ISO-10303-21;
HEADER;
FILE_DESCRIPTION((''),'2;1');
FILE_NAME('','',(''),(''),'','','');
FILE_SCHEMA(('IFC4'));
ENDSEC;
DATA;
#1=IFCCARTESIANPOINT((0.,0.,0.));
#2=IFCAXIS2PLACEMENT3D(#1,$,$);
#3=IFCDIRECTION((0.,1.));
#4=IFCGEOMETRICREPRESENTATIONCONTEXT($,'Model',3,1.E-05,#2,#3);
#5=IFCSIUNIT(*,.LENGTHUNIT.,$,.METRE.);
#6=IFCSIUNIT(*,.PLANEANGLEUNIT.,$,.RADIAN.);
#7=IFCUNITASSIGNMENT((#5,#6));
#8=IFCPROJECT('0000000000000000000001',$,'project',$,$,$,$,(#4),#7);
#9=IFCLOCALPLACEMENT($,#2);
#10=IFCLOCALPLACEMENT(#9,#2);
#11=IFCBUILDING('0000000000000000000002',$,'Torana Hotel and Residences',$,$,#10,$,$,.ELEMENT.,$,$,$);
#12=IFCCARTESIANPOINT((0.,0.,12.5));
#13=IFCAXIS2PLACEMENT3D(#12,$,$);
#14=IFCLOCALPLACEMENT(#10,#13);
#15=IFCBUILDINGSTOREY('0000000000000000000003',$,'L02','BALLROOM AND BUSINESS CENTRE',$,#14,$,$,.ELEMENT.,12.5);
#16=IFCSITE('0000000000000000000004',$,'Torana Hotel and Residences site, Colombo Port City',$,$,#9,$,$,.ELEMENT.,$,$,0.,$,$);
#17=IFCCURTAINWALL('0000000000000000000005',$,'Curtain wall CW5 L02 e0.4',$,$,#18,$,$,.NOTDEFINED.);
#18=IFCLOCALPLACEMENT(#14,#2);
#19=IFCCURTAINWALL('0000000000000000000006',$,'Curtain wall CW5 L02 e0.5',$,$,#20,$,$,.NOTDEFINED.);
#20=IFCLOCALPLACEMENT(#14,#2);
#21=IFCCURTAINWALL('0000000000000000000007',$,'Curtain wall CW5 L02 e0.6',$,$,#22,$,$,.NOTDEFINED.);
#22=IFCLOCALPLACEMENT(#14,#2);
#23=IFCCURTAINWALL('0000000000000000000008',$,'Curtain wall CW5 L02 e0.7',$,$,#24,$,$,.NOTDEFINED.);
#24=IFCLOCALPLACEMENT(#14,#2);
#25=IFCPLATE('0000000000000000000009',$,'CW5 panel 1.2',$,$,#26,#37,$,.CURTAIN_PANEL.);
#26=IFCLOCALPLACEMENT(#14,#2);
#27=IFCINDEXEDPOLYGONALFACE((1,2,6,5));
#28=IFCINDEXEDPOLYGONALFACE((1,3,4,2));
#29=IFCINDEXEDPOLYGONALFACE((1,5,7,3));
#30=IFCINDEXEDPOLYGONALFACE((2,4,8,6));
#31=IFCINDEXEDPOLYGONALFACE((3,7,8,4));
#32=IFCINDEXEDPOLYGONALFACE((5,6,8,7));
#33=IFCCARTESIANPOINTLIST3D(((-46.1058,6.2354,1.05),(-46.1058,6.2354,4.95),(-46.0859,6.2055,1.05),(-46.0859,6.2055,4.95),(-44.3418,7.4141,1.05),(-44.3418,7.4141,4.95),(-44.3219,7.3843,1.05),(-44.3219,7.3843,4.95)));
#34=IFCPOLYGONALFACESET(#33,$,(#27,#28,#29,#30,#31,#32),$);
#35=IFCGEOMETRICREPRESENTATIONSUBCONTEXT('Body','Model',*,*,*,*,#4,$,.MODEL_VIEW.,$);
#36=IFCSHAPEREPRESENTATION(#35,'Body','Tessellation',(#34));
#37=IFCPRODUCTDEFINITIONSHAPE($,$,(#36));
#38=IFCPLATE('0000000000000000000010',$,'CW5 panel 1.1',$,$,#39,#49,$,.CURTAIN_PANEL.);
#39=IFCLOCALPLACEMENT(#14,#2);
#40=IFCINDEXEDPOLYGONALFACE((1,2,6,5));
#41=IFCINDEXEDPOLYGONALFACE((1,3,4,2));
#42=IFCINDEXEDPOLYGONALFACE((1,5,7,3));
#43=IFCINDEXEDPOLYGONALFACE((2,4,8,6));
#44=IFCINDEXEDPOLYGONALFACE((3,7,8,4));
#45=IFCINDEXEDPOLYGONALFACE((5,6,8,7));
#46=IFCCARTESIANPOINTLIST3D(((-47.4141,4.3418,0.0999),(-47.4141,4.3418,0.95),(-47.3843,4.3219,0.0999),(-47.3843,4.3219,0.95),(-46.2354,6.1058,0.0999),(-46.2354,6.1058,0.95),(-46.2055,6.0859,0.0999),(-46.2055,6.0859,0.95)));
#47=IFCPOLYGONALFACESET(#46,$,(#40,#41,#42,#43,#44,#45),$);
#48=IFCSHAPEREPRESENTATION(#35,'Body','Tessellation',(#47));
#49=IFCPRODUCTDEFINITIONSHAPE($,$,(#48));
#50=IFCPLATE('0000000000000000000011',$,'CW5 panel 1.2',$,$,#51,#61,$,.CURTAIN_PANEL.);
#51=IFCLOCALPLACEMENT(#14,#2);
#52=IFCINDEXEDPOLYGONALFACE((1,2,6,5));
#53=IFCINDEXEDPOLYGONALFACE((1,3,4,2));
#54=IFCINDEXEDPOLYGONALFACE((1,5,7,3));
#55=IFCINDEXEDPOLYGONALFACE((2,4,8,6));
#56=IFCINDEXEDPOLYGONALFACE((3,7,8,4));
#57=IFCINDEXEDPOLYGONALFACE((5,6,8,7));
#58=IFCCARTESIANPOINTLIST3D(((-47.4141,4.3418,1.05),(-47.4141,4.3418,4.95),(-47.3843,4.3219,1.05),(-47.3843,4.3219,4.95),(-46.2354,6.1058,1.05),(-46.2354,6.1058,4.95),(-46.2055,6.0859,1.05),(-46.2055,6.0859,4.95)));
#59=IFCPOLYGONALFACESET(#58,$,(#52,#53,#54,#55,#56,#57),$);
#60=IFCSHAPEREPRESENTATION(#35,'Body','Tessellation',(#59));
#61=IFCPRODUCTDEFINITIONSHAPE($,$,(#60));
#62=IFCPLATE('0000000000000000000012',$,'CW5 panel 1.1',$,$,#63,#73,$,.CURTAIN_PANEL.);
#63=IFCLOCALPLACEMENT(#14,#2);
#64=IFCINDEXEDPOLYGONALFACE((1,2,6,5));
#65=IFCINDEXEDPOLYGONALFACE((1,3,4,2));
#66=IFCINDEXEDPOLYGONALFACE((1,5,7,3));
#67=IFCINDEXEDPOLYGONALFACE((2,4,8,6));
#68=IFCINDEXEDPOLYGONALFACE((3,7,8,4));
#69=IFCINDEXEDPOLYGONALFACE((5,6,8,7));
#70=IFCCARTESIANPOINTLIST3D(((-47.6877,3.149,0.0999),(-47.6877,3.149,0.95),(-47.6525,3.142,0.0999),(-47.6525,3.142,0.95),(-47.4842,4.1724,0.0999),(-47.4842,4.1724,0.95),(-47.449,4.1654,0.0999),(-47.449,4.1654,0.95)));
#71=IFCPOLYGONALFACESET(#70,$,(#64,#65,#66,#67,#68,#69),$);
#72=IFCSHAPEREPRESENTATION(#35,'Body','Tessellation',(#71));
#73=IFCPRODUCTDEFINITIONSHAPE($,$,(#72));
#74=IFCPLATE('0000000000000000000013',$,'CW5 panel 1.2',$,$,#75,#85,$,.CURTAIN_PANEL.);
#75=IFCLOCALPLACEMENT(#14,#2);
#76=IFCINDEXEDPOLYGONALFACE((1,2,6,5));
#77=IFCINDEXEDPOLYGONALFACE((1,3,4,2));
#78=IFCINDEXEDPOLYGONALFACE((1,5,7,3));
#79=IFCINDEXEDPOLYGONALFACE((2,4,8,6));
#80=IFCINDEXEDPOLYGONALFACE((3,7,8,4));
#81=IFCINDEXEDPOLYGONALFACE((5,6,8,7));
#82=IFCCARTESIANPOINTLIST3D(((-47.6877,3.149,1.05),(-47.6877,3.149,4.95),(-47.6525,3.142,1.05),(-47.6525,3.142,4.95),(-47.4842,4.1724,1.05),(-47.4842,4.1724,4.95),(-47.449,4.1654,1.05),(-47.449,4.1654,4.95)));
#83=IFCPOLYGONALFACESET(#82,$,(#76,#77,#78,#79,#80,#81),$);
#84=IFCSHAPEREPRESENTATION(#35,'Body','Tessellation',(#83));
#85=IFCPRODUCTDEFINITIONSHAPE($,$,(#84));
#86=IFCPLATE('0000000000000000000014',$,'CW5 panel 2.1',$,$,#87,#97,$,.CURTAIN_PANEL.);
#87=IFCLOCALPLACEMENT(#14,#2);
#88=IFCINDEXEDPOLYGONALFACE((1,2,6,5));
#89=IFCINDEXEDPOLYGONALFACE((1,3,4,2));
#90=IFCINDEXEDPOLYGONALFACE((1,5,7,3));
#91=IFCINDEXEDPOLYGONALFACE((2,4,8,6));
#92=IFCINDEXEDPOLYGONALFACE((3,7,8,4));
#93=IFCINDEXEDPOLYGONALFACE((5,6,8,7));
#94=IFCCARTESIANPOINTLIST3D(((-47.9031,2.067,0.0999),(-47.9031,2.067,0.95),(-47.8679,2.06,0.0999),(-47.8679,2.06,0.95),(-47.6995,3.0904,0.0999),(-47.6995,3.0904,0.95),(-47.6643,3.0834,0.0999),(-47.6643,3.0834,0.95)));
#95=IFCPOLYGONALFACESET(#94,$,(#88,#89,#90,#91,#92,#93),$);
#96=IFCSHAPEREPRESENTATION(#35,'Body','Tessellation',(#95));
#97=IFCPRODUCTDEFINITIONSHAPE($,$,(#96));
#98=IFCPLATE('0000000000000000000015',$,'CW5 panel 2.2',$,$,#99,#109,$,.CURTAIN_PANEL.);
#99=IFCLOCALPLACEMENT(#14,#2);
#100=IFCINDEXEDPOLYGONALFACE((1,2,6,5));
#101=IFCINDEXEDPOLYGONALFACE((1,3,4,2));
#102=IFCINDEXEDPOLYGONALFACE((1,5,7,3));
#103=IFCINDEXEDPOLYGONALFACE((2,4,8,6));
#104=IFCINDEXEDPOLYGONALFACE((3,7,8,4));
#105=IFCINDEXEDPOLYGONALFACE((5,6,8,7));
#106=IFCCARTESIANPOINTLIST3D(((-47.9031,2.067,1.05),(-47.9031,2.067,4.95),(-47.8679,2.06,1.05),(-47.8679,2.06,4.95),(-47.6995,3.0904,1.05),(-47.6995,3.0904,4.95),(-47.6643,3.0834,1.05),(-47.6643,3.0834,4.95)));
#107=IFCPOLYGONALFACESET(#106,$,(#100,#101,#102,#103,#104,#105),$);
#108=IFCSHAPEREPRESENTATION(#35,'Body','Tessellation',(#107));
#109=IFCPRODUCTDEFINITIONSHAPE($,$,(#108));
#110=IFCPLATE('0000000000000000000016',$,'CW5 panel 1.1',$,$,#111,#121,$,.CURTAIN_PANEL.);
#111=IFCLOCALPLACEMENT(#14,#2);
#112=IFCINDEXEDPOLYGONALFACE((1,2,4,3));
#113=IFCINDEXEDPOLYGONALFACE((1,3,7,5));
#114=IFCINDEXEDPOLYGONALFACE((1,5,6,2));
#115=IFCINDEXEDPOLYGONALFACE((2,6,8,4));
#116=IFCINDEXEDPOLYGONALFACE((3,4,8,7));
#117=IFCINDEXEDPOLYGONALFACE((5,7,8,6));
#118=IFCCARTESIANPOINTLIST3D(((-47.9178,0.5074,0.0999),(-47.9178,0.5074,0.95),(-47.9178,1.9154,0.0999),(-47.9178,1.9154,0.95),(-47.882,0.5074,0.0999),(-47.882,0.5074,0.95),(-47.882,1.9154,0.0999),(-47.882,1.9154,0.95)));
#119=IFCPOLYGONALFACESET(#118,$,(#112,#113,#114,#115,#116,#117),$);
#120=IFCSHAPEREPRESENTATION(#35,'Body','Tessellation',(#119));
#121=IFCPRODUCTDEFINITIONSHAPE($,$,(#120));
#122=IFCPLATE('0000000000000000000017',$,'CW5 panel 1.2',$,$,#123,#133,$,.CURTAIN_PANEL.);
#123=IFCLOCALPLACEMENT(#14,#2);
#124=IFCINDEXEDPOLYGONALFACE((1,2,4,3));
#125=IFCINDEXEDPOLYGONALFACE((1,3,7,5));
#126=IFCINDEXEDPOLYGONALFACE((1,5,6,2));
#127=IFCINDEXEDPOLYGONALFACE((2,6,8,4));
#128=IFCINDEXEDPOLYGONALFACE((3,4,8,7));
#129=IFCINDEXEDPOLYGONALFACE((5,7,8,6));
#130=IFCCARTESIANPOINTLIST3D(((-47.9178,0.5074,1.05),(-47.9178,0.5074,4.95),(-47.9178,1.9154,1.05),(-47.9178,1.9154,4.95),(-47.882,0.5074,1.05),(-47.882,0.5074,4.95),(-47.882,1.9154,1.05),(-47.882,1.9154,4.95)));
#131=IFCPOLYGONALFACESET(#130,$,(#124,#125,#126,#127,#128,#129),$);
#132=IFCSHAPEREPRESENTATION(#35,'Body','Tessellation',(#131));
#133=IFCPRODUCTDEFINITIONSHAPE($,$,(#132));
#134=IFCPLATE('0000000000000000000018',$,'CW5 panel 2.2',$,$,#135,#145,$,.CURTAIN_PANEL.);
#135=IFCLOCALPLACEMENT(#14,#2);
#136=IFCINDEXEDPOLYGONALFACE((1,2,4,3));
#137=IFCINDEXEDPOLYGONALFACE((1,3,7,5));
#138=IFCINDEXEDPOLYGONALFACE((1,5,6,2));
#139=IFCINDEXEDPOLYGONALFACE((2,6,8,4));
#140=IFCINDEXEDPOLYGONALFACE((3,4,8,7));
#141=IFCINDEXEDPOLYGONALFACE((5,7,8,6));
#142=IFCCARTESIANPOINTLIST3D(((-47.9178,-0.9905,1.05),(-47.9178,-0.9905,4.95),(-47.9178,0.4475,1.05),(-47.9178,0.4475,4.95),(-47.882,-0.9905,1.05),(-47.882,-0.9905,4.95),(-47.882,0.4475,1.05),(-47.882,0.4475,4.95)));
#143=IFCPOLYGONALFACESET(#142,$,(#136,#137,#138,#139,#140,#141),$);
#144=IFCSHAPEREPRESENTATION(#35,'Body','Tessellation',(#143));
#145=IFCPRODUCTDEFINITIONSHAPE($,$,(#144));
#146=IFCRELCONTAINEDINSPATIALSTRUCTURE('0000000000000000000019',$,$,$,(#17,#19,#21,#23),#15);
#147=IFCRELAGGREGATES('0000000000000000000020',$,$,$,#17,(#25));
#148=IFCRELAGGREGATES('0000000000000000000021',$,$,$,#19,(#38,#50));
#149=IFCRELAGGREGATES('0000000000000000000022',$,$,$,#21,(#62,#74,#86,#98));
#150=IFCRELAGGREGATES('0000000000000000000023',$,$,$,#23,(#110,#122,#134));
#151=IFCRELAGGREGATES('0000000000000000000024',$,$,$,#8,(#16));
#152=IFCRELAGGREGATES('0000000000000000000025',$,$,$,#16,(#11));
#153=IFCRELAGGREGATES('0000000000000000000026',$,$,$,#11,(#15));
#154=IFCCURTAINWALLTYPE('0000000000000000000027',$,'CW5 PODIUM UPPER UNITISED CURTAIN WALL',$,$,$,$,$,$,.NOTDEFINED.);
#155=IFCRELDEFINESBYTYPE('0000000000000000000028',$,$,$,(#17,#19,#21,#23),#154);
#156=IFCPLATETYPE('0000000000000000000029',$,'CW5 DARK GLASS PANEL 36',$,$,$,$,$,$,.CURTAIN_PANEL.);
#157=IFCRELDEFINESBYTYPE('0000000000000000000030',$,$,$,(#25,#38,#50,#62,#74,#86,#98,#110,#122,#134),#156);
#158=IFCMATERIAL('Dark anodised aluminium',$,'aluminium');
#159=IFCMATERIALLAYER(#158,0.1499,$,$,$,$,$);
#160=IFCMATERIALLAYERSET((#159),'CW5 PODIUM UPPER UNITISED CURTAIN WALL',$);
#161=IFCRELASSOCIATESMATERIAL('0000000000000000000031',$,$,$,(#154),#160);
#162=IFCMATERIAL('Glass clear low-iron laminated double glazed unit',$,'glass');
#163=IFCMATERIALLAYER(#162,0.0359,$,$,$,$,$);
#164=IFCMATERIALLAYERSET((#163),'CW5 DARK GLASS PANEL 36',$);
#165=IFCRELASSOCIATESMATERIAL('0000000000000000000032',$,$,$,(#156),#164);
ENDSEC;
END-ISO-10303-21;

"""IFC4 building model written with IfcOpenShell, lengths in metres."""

from ifc_helpers import new_model, si_unit, direction, frame, origin, origin_2d, place, context, subcontext, project, spatial, rectangle, extrude, material, layer, layer_set, type_object, element, aggregate, save


model = new_model("IFC4")

# Units and contexts
model_context = context("Model", 3, precision=1e-05, world=origin(), true_north=direction((0.0, 1.0)))
body_context = subcontext(model_context, "Body", "Model", "MODEL_VIEW")
ifc_project = project(units=[si_unit("LENGTHUNIT", "METRE"), si_unit("PLANEANGLEUNIT", "RADIAN")], contexts=[model_context])

# Site, building, storey
site_placement = place(None, origin())
site = spatial("IfcSite", under=ifc_project, at=site_placement, Name="Torana Hotel and Residences site, Colombo Port City", CompositionType="ELEMENT", RefElevation=0.0)
building_placement = place(site_placement, origin())
building = spatial("IfcBuilding", under=site, at=building_placement, Name="Torana Hotel and Residences", CompositionType="ELEMENT")
storey_placement = place(building_placement, frame((0.0, 0.0, 12.5)))
storey = spatial("IfcBuildingStorey", under=building, at=storey_placement, Name="L02", Description="BALLROOM AND BUSINESS CENTRE", CompositionType="ELEMENT", Elevation=12.5)

# Curtain wall
ifc_material_1 = material(Name="Dark anodised aluminium", Category="aluminium")
ifc_layer_1 = layer(ifc_material_1, 0.1499)
ifc_layer_set_1 = layer_set([ifc_layer_1], Name="CW5 PODIUM UPPER UNITISED CURTAIN WALL")
curtain_wall_type = type_object("IfcCurtainWallType", Name="CW5 PODIUM UPPER UNITISED CURTAIN WALL", PredefinedType="NOTDEFINED", material=ifc_layer_set_1)
curtain_wall_1_placement = place(storey_placement, origin())
curtain_wall_1 = element("IfcCurtainWall", 1, at=curtain_wall_1_placement, inside=storey, type_object=curtain_wall_type, Name="Curtain wall CW5 L02 e0.4", PredefinedType="NOTDEFINED")

# Curtain walls
curtain_wall_2_placement = place(storey_placement, origin())
curtain_wall_2 = element("IfcCurtainWall", 2, at=curtain_wall_2_placement, inside=storey, type_object=curtain_wall_type, Name="Curtain wall CW5 L02 e0.5", PredefinedType="NOTDEFINED")
curtain_wall_3_placement = place(storey_placement, origin())
curtain_wall_3 = element("IfcCurtainWall", 3, at=curtain_wall_3_placement, inside=storey, type_object=curtain_wall_type, Name="Curtain wall CW5 L02 e0.6", PredefinedType="NOTDEFINED")
curtain_wall_4_placement = place(storey_placement, origin())
curtain_wall_4 = element("IfcCurtainWall", 4, at=curtain_wall_4_placement, inside=storey, type_object=curtain_wall_type, Name="Curtain wall CW5 L02 e0.7", PredefinedType="NOTDEFINED")

# Plates
ifc_material_2 = material(Name="Glass clear low-iron laminated double glazed unit", Category="glass")
ifc_layer_2 = layer(ifc_material_2, 0.0359)
ifc_layer_set_2 = layer_set([ifc_layer_2], Name="CW5 DARK GLASS PANEL 36")
plate_type = type_object("IfcPlateType", Name="CW5 DARK GLASS PANEL 36", PredefinedType="CURTAIN_PANEL", material=ifc_layer_set_2)
plate_1_placement = place(storey_placement, frame((-45.2139, 6.8098, 1.05), z_axis=(0.0, 0.0, 1.0), x_axis=(-0.83146, -0.555585, 0.0)))
plate_1 = element("IfcPlate", 5, at=plate_1_placement, type_object=plate_type, Name="CW5 panel 1.2", PredefinedType="CURTAIN_PANEL", context=body_context, shape_type="SweptSolid", body=[
    extrude(rectangle(XDim=2.1216, YDim=0.0359, at=origin_2d()), origin(), (0.0, 0.0, 1.0), 3.8999),
])
aggregate(curtain_wall_1, [plate_1])
plate_2_placement = place(storey_placement, frame((-46.8098, 5.2139, 0.0999), z_axis=(0.0, 0.0, 1.0), x_axis=(-0.555585, -0.83146, 0.0)))
plate_2 = element("IfcPlate", 6, at=plate_2_placement, type_object=plate_type, Name="CW5 panel 1.1", PredefinedType="CURTAIN_PANEL", context=body_context, shape_type="SweptSolid", body=[
    extrude(rectangle(XDim=2.1216, YDim=0.0359, at=origin_2d()), origin(), (0.0, 0.0, 1.0), 0.8501),
])
plate_3_placement = place(storey_placement, frame((-46.8098, 5.2139, 1.05), z_axis=(0.0, 0.0, 1.0), x_axis=(-0.555585, -0.83146, 0.0)))
plate_3 = element("IfcPlate", 7, at=plate_3_placement, type_object=plate_type, Name="CW5 panel 1.2", PredefinedType="CURTAIN_PANEL", context=body_context, shape_type="SweptSolid", body=[
    extrude(rectangle(XDim=2.1216, YDim=0.0359, at=origin_2d()), origin(), (0.0, 0.0, 1.0), 3.8999),
])
aggregate(curtain_wall_2, [plate_2, plate_3])
plate_4_placement = place(storey_placement, frame((-47.5684, 3.6572, 0.0999), z_axis=(0.0, 0.0, 1.0), x_axis=(-0.195081, -0.980787, 0.0)))
plate_4 = element("IfcPlate", 8, at=plate_4_placement, type_object=plate_type, Name="CW5 panel 1.1", PredefinedType="CURTAIN_PANEL", context=body_context, shape_type="SweptSolid", body=[
    extrude(rectangle(XDim=1.0435, YDim=0.0359, at=origin_2d()), origin(), (0.0, 0.0, 1.0), 0.8501),
])
plate_5_placement = place(storey_placement, frame((-47.5684, 3.6572, 1.05), z_axis=(0.0, 0.0, 1.0), x_axis=(-0.195081, -0.980787, 0.0)))
plate_5 = element("IfcPlate", 9, at=plate_5_placement, type_object=plate_type, Name="CW5 panel 1.2", PredefinedType="CURTAIN_PANEL", context=body_context, shape_type="SweptSolid", body=[
    extrude(rectangle(XDim=1.0435, YDim=0.0359, at=origin_2d()), origin(), (0.0, 0.0, 1.0), 3.8999),
])
plate_6_placement = place(storey_placement, frame((-47.7837, 2.5752, 0.0999), z_axis=(0.0, 0.0, 1.0), x_axis=(-0.195081, -0.980787, 0.0)))
plate_6 = element("IfcPlate", 10, at=plate_6_placement, type_object=plate_type, Name="CW5 panel 2.1", PredefinedType="CURTAIN_PANEL", context=body_context, shape_type="SweptSolid", body=[
    extrude(rectangle(XDim=1.0435, YDim=0.0359, at=origin_2d()), origin(), (0.0, 0.0, 1.0), 0.8501),
])
plate_7_placement = place(storey_placement, frame((-47.7837, 2.5752, 1.05), z_axis=(0.0, 0.0, 1.0), x_axis=(-0.195081, -0.980787, 0.0)))
plate_7 = element("IfcPlate", 11, at=plate_7_placement, type_object=plate_type, Name="CW5 panel 2.2", PredefinedType="CURTAIN_PANEL", context=body_context, shape_type="SweptSolid", body=[
    extrude(rectangle(XDim=1.0435, YDim=0.0359, at=origin_2d()), origin(), (0.0, 0.0, 1.0), 3.8999),
])
aggregate(curtain_wall_3, [plate_4, plate_5, plate_6, plate_7])
plate_8_placement = place(storey_placement, frame((-47.8999, 1.2114, 0.0999), z_axis=(0.0, 0.0, 1.0), x_axis=(0.0, -1.0, 0.0)))
plate_8 = element("IfcPlate", 12, at=plate_8_placement, type_object=plate_type, Name="CW5 panel 1.1", PredefinedType="CURTAIN_PANEL", context=body_context, shape_type="SweptSolid", body=[
    extrude(rectangle(XDim=1.408, YDim=0.0359, at=origin_2d()), origin(), (0.0, 0.0, 1.0), 0.8501),
])
plate_9_placement = place(storey_placement, frame((-47.8999, 1.2114, 1.05), z_axis=(0.0, 0.0, 1.0), x_axis=(0.0, -1.0, 0.0)))
plate_9 = element("IfcPlate", 13, at=plate_9_placement, type_object=plate_type, Name="CW5 panel 1.2", PredefinedType="CURTAIN_PANEL", context=body_context, shape_type="SweptSolid", body=[
    extrude(rectangle(XDim=1.408, YDim=0.0359, at=origin_2d()), origin(), (0.0, 0.0, 1.0), 3.8999),
])
plate_10_placement = place(storey_placement, frame((-47.8999, -0.2715, 1.05), z_axis=(0.0, 0.0, 1.0), x_axis=(0.0, -1.0, 0.0)))
plate_10 = element("IfcPlate", 14, at=plate_10_placement, type_object=plate_type, Name="CW5 panel 2.2", PredefinedType="CURTAIN_PANEL", context=body_context, shape_type="SweptSolid", body=[
    extrude(rectangle(XDim=1.438, YDim=0.0359, at=origin_2d()), origin(), (0.0, 0.0, 1.0), 3.8999),
])
aggregate(curtain_wall_4, [plate_8, plate_9, plate_10])

save(model, "model.ifc")
